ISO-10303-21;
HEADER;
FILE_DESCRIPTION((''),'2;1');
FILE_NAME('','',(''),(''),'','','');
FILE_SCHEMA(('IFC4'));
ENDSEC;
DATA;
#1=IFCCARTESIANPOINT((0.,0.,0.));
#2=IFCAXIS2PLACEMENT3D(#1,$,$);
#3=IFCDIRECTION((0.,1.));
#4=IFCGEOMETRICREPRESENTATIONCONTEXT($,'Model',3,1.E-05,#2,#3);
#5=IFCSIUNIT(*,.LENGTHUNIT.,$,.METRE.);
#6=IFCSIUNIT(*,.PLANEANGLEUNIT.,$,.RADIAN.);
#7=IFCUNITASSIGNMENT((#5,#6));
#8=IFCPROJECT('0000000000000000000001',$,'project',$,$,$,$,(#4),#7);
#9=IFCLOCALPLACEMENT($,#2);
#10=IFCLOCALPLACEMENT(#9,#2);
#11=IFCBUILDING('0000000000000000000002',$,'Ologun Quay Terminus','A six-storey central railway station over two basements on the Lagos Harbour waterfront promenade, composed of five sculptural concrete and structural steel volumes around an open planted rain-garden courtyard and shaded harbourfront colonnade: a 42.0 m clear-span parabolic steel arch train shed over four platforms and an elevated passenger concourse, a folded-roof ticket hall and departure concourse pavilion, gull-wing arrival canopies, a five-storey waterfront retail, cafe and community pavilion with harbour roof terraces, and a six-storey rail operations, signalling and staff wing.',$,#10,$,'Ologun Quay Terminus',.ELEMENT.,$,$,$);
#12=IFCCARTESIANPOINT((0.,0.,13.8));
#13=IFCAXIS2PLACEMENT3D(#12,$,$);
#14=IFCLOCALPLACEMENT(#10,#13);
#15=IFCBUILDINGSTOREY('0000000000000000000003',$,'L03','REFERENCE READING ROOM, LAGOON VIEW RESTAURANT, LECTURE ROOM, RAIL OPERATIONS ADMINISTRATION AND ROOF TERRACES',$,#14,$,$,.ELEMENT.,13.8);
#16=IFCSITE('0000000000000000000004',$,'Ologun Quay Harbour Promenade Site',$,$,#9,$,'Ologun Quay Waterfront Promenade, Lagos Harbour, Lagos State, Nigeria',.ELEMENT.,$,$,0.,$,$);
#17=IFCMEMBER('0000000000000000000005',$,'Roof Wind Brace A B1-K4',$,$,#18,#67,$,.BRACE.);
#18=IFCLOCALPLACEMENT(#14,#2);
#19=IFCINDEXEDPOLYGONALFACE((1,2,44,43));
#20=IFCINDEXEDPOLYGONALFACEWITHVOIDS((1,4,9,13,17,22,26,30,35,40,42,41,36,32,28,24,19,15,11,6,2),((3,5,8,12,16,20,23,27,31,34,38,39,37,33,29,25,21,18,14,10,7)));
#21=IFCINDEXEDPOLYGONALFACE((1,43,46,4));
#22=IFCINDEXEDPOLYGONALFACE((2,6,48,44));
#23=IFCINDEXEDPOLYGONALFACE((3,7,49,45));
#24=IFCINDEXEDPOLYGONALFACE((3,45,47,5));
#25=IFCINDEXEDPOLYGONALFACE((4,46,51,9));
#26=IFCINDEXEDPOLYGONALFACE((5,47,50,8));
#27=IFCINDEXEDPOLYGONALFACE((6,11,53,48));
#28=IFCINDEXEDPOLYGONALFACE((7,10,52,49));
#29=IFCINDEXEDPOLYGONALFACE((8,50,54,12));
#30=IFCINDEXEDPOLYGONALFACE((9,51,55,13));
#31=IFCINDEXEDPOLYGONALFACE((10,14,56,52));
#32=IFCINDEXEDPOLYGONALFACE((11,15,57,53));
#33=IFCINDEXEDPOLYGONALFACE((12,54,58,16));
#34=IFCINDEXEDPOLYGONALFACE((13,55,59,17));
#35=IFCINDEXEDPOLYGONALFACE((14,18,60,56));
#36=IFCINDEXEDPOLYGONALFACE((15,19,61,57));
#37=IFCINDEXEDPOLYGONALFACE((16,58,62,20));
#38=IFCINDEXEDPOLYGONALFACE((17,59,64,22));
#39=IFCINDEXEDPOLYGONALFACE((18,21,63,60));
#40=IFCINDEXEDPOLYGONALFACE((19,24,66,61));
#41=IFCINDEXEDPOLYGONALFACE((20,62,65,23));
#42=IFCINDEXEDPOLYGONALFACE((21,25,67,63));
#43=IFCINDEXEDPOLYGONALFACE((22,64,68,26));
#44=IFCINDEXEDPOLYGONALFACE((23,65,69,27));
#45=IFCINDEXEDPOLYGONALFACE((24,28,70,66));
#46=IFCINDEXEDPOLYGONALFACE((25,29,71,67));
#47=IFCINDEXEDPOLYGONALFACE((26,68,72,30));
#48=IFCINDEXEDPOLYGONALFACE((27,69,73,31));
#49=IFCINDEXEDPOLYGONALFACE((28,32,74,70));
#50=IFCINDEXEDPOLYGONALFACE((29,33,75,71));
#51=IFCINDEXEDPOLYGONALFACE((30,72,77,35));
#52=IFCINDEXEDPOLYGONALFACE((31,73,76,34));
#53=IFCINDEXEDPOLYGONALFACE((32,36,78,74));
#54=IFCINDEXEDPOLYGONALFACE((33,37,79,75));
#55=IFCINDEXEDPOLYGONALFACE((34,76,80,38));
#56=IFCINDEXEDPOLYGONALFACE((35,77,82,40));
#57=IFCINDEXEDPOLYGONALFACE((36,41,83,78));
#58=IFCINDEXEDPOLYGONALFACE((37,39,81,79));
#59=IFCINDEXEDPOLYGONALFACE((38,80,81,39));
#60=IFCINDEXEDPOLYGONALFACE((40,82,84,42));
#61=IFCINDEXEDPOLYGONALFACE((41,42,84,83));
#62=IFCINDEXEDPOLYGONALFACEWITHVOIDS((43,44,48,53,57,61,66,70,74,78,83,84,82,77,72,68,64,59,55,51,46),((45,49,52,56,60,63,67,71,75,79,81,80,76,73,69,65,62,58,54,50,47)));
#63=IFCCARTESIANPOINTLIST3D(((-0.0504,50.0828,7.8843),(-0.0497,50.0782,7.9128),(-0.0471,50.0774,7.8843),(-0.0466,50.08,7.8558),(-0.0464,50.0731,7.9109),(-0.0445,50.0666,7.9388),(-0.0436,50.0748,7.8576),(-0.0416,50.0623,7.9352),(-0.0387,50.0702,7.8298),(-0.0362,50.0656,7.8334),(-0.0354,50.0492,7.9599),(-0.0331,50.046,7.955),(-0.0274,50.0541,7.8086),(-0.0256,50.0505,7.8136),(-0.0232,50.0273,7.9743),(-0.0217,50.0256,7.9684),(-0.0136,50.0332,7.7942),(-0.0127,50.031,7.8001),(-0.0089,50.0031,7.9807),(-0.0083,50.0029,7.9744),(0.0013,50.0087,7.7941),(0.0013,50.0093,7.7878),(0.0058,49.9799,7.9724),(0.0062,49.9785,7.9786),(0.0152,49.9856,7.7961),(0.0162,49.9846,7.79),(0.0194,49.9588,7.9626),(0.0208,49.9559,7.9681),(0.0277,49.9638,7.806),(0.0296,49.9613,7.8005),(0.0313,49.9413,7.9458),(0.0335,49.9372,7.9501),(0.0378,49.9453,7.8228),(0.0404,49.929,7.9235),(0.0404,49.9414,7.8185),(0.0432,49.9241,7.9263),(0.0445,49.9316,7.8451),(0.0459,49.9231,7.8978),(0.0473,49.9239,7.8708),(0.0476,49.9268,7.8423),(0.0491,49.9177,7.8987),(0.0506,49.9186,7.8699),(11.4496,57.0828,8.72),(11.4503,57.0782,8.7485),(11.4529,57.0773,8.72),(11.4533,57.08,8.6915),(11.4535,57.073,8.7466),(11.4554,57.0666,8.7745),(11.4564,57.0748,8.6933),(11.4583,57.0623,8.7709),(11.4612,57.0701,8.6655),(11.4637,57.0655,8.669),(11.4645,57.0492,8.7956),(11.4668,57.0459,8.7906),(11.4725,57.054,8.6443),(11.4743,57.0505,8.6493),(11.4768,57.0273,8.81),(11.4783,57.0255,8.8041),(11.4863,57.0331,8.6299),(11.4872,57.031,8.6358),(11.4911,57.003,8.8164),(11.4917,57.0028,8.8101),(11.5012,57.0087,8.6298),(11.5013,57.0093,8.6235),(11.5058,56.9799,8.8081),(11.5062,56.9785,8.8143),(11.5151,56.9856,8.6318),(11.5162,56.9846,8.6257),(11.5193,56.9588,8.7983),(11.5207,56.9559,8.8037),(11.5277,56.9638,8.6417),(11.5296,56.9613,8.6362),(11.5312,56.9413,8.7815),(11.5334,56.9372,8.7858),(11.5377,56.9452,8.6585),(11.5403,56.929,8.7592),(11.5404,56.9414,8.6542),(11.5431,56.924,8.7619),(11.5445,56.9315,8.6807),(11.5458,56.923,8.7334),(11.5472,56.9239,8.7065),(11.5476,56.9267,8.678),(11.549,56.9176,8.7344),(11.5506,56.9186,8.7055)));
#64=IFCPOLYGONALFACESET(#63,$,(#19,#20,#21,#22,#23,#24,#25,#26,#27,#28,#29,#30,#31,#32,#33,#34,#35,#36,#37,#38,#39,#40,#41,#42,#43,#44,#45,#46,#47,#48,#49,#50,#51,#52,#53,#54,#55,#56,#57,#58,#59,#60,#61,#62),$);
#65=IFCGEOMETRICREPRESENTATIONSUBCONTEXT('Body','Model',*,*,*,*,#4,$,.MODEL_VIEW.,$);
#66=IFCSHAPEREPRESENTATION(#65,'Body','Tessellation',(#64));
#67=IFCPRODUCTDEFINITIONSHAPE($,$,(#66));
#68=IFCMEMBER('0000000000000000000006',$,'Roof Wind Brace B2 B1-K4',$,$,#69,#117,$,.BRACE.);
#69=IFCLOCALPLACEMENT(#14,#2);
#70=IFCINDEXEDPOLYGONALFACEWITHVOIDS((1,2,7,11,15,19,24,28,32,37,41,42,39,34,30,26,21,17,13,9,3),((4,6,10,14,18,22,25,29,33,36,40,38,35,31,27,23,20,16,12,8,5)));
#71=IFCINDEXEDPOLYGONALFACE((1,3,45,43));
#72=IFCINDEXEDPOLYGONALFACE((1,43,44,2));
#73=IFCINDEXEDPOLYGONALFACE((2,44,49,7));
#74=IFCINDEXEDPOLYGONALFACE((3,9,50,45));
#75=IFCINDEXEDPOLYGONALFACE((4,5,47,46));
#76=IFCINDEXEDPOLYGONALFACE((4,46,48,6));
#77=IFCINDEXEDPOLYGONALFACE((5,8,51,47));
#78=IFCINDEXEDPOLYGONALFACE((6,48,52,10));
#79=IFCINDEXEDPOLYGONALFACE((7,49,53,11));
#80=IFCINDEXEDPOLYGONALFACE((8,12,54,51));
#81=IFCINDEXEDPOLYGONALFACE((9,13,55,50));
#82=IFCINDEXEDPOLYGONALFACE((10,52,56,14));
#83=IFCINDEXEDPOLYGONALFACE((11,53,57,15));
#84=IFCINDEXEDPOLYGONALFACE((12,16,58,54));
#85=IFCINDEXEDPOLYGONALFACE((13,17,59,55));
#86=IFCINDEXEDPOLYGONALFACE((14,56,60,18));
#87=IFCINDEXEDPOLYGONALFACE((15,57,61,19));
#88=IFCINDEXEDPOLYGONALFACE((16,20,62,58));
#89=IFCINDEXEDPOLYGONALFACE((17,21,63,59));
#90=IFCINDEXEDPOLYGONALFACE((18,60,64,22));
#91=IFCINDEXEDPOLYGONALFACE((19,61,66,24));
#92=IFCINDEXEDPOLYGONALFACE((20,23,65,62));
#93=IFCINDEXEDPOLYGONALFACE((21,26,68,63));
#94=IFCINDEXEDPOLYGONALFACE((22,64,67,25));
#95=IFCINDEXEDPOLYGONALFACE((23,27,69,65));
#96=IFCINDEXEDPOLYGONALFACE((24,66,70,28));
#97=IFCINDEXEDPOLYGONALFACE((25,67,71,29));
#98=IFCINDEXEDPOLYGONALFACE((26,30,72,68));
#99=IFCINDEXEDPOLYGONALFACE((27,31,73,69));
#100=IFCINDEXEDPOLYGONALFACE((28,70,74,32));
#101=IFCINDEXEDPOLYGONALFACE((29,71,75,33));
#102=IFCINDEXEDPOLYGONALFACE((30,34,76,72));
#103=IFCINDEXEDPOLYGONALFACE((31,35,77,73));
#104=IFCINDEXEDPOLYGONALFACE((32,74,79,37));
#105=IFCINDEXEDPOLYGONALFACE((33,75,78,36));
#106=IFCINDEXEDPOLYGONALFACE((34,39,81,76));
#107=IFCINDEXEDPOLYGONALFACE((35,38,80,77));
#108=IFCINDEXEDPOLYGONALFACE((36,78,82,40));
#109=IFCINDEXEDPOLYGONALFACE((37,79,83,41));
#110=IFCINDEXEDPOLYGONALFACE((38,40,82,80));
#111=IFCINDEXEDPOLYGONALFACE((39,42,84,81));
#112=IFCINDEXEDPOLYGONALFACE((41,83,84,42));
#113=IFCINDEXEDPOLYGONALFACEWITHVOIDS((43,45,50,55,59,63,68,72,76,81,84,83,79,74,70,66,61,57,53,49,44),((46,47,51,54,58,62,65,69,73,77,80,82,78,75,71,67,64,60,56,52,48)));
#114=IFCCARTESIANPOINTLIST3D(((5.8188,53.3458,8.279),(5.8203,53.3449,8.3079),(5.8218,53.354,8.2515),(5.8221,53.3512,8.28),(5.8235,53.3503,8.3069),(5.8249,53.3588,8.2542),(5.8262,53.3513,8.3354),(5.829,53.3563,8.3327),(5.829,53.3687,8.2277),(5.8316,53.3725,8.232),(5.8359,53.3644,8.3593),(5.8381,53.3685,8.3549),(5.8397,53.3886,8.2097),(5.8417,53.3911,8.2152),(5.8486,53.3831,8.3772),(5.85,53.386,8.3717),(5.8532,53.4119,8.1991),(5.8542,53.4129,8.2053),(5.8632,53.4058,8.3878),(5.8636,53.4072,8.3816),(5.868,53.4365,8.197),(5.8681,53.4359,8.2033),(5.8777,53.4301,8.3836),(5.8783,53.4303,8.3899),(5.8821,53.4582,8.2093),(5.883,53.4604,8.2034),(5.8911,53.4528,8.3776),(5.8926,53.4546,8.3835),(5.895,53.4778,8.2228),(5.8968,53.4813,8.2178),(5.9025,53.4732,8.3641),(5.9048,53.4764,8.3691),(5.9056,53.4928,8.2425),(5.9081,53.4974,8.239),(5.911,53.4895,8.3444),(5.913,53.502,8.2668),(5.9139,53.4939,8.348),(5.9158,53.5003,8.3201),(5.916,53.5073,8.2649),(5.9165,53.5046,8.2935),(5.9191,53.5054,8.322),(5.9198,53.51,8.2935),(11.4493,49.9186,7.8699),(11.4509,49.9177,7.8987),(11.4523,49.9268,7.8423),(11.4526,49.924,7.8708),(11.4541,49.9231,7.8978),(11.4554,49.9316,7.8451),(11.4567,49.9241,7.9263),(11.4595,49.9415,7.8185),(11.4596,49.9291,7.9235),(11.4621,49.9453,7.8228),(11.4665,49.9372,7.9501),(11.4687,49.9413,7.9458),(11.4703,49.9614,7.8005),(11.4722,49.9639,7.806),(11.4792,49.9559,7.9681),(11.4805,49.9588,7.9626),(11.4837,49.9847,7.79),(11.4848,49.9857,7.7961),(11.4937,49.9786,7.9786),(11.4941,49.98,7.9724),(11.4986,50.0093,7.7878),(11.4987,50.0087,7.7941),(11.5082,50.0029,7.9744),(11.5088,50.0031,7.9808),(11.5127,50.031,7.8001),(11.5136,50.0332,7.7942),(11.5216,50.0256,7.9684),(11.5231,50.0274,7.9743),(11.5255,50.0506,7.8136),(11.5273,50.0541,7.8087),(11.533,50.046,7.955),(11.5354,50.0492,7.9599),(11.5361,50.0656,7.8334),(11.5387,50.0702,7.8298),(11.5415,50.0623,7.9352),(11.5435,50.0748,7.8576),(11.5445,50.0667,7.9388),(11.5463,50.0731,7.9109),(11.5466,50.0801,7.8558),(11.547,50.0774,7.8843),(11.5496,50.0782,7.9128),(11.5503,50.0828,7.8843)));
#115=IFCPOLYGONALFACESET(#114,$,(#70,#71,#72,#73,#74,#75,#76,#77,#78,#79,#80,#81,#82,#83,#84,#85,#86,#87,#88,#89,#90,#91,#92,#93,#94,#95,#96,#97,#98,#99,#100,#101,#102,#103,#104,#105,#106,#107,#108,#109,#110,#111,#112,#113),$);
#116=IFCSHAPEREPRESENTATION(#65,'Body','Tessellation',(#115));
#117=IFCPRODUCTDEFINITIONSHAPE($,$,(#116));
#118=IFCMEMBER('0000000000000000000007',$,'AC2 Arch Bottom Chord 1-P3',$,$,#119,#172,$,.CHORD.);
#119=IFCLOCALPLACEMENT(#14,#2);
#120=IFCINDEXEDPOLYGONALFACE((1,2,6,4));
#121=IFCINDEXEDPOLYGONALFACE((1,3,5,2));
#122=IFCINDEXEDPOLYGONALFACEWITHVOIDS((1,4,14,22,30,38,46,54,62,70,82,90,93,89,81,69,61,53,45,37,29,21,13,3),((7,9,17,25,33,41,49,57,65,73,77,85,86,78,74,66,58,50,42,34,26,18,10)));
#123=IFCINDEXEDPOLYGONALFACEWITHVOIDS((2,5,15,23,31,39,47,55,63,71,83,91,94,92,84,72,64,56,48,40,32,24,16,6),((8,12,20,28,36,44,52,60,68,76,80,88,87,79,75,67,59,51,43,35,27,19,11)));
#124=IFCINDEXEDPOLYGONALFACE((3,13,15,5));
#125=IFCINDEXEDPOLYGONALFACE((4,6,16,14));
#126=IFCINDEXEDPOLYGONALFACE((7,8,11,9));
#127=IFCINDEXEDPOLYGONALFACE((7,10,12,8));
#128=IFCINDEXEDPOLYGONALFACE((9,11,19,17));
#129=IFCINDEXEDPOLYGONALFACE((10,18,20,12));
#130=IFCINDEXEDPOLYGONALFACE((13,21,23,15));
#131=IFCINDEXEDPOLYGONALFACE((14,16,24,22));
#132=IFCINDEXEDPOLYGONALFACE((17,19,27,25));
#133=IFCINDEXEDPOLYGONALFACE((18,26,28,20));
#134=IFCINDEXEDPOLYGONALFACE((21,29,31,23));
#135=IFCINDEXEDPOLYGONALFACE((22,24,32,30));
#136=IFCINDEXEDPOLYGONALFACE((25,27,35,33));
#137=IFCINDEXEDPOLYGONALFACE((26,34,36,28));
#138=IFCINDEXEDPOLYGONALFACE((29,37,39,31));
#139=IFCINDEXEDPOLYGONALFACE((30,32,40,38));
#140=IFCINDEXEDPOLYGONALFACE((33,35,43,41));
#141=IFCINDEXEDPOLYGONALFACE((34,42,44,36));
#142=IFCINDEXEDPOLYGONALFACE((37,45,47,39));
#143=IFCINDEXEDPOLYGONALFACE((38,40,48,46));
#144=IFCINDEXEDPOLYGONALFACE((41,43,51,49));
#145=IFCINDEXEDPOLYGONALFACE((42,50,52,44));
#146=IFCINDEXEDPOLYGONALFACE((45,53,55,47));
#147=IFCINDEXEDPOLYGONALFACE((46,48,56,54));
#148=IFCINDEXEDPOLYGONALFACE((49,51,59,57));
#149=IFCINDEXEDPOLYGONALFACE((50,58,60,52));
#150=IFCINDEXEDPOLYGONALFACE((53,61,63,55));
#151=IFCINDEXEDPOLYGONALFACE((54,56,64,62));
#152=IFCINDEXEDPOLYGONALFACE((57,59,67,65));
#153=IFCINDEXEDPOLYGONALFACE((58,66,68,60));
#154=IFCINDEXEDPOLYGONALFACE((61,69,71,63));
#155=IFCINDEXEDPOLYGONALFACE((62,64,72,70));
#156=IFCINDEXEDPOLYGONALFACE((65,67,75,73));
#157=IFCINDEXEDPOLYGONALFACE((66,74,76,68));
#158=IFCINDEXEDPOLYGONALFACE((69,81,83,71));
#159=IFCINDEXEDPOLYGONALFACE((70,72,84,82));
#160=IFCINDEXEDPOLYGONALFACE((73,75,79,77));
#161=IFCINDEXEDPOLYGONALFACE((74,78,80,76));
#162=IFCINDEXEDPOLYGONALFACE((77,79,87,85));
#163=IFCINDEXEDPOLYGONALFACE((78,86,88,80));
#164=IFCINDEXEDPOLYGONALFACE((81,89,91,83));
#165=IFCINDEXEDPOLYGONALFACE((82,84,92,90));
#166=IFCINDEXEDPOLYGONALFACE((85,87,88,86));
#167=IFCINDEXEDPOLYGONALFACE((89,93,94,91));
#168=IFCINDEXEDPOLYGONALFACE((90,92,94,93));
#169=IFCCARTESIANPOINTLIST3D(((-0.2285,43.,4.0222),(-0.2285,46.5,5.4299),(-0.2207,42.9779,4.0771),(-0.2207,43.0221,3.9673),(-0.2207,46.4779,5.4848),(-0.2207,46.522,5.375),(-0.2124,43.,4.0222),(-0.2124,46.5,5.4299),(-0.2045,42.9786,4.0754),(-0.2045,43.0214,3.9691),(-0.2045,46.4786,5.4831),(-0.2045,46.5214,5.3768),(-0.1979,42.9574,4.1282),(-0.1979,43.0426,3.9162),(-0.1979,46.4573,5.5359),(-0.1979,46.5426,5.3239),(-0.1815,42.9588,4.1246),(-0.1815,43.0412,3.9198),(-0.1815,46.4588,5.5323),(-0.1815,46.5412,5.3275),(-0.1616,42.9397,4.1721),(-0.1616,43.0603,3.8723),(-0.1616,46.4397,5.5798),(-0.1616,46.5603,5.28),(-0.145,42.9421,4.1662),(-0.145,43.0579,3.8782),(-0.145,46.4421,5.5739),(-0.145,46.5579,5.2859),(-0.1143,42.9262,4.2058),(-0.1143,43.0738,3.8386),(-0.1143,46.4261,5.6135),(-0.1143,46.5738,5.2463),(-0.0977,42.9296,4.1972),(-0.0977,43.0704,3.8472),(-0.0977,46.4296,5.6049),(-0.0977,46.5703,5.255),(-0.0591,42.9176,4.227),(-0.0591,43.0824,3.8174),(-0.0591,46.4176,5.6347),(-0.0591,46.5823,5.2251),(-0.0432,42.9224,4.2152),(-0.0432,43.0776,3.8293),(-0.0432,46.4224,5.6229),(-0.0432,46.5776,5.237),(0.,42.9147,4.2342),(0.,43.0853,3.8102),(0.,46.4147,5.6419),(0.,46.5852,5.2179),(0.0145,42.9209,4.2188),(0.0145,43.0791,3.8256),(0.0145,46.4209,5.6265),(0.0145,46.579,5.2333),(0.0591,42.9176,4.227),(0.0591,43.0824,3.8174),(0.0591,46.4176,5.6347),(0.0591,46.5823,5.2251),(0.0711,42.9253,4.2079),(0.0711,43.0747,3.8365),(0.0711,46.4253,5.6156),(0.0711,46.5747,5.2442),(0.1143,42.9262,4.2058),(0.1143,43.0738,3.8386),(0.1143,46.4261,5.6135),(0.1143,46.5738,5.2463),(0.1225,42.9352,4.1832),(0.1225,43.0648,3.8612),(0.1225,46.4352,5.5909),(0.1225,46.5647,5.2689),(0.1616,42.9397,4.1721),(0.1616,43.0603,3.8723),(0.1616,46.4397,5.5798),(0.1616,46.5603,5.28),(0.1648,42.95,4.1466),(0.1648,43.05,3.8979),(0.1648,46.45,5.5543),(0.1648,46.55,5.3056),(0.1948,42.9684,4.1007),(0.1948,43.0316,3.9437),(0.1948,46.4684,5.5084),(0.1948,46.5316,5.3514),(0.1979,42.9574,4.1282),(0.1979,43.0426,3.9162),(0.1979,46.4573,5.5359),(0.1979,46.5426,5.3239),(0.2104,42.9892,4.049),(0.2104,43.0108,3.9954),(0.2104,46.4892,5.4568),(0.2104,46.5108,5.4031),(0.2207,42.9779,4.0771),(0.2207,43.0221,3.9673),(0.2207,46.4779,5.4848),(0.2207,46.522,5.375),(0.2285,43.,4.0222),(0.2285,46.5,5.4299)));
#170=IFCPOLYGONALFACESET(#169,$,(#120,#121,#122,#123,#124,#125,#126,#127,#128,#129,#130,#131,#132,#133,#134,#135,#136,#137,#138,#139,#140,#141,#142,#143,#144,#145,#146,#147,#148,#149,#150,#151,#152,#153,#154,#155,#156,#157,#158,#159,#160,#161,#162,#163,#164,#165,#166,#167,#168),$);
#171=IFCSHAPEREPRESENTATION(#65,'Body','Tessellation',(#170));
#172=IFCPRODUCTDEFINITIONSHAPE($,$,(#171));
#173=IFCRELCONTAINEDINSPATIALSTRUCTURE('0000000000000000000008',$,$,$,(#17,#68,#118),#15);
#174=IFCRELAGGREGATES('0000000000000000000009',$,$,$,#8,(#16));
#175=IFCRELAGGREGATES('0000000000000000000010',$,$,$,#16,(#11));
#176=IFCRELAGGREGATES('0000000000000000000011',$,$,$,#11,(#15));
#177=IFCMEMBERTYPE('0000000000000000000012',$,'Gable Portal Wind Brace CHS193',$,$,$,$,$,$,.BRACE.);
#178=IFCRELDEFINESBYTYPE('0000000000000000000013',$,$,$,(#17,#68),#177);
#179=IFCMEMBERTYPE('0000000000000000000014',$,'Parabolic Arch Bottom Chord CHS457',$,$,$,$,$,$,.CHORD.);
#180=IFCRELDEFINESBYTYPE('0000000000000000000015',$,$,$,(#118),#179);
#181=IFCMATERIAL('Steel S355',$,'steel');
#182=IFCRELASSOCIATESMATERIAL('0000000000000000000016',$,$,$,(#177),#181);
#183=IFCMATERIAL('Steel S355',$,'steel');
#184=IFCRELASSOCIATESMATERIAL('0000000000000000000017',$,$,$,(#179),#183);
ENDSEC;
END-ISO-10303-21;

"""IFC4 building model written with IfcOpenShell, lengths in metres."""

from ifc_helpers import new_model, si_unit, direction, frame, origin, origin_2d, place, context, subcontext, project, spatial, hollow_circle, extrude, material, material_profile, profile_set, type_object, element, save


model = new_model("IFC4")

# Units and contexts
model_context = context("Model", 3, precision=1e-05, world=origin(), true_north=direction((0.0, 1.0)))
body_context = subcontext(model_context, "Body", "Model", "MODEL_VIEW")
ifc_project = project(units=[si_unit("LENGTHUNIT", "METRE"), si_unit("PLANEANGLEUNIT", "RADIAN")], contexts=[model_context])

# Site, building, storey
site_placement = place(None, origin())
site = spatial("IfcSite", under=ifc_project, at=site_placement, Name="Ologun Quay Harbour Promenade Site", LongName="Ologun Quay Waterfront Promenade, Lagos Harbour, Lagos State, Nigeria", CompositionType="ELEMENT", RefElevation=0.0)
building_placement = place(site_placement, origin())
building = spatial("IfcBuilding", under=site, at=building_placement, Name="Ologun Quay Terminus", Description="A six-storey central railway station over two basements on the Lagos Harbour waterfront promenade, composed of five sculptural concrete and structural steel volumes around an open planted rain-garden courtyard and shaded harbourfront colonnade: a 42.0 m clear-span parabolic steel arch train shed over four platforms and an elevated passenger concourse, a folded-roof ticket hall and departure concourse pavilion, gull-wing arrival canopies, a five-storey waterfront retail, cafe and community pavilion with harbour roof terraces, and a six-storey rail operations, signalling and staff wing.", LongName="Ologun Quay Terminus", CompositionType="ELEMENT")
storey_placement = place(building_placement, frame((0.0, 0.0, 13.8)))
storey = spatial("IfcBuildingStorey", under=building, at=storey_placement, Name="L03", Description="REFERENCE READING ROOM, LAGOON VIEW RESTAURANT, LECTURE ROOM, RAIL OPERATIONS ADMINISTRATION AND ROOF TERRACES", CompositionType="ELEMENT", Elevation=13.8)

# Members
ifc_material_1 = material(Name="Steel S355", Category="steel")
ifc_material_profile_1 = material_profile(ifc_material_1, hollow_circle(Radius=0.0969, WallThickness=0.0063, at=origin_2d()), Name="CHS 193.7x6.3")
ifc_profile_set_1 = profile_set([ifc_material_profile_1], Name="Steel S355")
member_type_1 = type_object("IfcMemberType", Name="Gable Portal Wind Brace CHS193", PredefinedType="BRACE", material=ifc_profile_set_1)
member_1_placement = place(storey_placement, frame((0.0, 50.0, 7.8843), z_axis=(0.852558, 0.518948, 0.061954), x_axis=(-0.519947, 0.854199, 0.0)))
element("IfcMember", 1, at=member_1_placement, inside=storey, type_object=member_type_1, Name="Roof Wind Brace A B1-K4", PredefinedType="BRACE", context=body_context, shape_type="SweptSolid", body=[
    extrude(hollow_circle(Radius=0.0969, WallThickness=0.0063, at=origin_2d()), origin(), (0.0, 0.0, 1.0), 13.4888),
])
member_2_placement = place(storey_placement, frame((5.8694, 53.4272, 8.2935), z_axis=(0.852563, -0.518939, -0.061956), x_axis=(0.519938, 0.854204, 0.0)))
element("IfcMember", 2, at=member_2_placement, inside=storey, type_object=member_type_1, Name="Roof Wind Brace B2 B1-K4", PredefinedType="BRACE", context=body_context, shape_type="SweptSolid", body=[
    extrude(hollow_circle(Radius=0.0969, WallThickness=0.0063, at=origin_2d()), origin(), (0.0, 0.0, 1.0), 6.6042),
])
ifc_material_2 = material(Name="Steel S355", Category="steel")
ifc_material_profile_2 = material_profile(ifc_material_2, hollow_circle(Radius=0.2285, WallThickness=0.0161, at=origin_2d()), Name="CHS 457x16")
ifc_profile_set_2 = profile_set([ifc_material_profile_2], Name="Steel S355")
member_type_2 = type_object("IfcMemberType", Name="Parabolic Arch Bottom Chord CHS457", PredefinedType="CHORD", material=ifc_profile_set_2)
member_3_placement = place(storey_placement, frame((0.0, 43.0, 4.0222), z_axis=(0.0, 0.92777, 0.373153), x_axis=(-1.0, 0.0, 0.0)))
element("IfcMember", 3, at=member_3_placement, inside=storey, type_object=member_type_2, Name="AC2 Arch Bottom Chord 1-P3", PredefinedType="CHORD", context=body_context, shape_type="SweptSolid", body=[
    extrude(hollow_circle(Radius=0.2285, WallThickness=0.0161, at=origin_2d()), origin(), (0.0, 0.0, 1.0), 3.7725),
])

save(model, "model.ifc")
